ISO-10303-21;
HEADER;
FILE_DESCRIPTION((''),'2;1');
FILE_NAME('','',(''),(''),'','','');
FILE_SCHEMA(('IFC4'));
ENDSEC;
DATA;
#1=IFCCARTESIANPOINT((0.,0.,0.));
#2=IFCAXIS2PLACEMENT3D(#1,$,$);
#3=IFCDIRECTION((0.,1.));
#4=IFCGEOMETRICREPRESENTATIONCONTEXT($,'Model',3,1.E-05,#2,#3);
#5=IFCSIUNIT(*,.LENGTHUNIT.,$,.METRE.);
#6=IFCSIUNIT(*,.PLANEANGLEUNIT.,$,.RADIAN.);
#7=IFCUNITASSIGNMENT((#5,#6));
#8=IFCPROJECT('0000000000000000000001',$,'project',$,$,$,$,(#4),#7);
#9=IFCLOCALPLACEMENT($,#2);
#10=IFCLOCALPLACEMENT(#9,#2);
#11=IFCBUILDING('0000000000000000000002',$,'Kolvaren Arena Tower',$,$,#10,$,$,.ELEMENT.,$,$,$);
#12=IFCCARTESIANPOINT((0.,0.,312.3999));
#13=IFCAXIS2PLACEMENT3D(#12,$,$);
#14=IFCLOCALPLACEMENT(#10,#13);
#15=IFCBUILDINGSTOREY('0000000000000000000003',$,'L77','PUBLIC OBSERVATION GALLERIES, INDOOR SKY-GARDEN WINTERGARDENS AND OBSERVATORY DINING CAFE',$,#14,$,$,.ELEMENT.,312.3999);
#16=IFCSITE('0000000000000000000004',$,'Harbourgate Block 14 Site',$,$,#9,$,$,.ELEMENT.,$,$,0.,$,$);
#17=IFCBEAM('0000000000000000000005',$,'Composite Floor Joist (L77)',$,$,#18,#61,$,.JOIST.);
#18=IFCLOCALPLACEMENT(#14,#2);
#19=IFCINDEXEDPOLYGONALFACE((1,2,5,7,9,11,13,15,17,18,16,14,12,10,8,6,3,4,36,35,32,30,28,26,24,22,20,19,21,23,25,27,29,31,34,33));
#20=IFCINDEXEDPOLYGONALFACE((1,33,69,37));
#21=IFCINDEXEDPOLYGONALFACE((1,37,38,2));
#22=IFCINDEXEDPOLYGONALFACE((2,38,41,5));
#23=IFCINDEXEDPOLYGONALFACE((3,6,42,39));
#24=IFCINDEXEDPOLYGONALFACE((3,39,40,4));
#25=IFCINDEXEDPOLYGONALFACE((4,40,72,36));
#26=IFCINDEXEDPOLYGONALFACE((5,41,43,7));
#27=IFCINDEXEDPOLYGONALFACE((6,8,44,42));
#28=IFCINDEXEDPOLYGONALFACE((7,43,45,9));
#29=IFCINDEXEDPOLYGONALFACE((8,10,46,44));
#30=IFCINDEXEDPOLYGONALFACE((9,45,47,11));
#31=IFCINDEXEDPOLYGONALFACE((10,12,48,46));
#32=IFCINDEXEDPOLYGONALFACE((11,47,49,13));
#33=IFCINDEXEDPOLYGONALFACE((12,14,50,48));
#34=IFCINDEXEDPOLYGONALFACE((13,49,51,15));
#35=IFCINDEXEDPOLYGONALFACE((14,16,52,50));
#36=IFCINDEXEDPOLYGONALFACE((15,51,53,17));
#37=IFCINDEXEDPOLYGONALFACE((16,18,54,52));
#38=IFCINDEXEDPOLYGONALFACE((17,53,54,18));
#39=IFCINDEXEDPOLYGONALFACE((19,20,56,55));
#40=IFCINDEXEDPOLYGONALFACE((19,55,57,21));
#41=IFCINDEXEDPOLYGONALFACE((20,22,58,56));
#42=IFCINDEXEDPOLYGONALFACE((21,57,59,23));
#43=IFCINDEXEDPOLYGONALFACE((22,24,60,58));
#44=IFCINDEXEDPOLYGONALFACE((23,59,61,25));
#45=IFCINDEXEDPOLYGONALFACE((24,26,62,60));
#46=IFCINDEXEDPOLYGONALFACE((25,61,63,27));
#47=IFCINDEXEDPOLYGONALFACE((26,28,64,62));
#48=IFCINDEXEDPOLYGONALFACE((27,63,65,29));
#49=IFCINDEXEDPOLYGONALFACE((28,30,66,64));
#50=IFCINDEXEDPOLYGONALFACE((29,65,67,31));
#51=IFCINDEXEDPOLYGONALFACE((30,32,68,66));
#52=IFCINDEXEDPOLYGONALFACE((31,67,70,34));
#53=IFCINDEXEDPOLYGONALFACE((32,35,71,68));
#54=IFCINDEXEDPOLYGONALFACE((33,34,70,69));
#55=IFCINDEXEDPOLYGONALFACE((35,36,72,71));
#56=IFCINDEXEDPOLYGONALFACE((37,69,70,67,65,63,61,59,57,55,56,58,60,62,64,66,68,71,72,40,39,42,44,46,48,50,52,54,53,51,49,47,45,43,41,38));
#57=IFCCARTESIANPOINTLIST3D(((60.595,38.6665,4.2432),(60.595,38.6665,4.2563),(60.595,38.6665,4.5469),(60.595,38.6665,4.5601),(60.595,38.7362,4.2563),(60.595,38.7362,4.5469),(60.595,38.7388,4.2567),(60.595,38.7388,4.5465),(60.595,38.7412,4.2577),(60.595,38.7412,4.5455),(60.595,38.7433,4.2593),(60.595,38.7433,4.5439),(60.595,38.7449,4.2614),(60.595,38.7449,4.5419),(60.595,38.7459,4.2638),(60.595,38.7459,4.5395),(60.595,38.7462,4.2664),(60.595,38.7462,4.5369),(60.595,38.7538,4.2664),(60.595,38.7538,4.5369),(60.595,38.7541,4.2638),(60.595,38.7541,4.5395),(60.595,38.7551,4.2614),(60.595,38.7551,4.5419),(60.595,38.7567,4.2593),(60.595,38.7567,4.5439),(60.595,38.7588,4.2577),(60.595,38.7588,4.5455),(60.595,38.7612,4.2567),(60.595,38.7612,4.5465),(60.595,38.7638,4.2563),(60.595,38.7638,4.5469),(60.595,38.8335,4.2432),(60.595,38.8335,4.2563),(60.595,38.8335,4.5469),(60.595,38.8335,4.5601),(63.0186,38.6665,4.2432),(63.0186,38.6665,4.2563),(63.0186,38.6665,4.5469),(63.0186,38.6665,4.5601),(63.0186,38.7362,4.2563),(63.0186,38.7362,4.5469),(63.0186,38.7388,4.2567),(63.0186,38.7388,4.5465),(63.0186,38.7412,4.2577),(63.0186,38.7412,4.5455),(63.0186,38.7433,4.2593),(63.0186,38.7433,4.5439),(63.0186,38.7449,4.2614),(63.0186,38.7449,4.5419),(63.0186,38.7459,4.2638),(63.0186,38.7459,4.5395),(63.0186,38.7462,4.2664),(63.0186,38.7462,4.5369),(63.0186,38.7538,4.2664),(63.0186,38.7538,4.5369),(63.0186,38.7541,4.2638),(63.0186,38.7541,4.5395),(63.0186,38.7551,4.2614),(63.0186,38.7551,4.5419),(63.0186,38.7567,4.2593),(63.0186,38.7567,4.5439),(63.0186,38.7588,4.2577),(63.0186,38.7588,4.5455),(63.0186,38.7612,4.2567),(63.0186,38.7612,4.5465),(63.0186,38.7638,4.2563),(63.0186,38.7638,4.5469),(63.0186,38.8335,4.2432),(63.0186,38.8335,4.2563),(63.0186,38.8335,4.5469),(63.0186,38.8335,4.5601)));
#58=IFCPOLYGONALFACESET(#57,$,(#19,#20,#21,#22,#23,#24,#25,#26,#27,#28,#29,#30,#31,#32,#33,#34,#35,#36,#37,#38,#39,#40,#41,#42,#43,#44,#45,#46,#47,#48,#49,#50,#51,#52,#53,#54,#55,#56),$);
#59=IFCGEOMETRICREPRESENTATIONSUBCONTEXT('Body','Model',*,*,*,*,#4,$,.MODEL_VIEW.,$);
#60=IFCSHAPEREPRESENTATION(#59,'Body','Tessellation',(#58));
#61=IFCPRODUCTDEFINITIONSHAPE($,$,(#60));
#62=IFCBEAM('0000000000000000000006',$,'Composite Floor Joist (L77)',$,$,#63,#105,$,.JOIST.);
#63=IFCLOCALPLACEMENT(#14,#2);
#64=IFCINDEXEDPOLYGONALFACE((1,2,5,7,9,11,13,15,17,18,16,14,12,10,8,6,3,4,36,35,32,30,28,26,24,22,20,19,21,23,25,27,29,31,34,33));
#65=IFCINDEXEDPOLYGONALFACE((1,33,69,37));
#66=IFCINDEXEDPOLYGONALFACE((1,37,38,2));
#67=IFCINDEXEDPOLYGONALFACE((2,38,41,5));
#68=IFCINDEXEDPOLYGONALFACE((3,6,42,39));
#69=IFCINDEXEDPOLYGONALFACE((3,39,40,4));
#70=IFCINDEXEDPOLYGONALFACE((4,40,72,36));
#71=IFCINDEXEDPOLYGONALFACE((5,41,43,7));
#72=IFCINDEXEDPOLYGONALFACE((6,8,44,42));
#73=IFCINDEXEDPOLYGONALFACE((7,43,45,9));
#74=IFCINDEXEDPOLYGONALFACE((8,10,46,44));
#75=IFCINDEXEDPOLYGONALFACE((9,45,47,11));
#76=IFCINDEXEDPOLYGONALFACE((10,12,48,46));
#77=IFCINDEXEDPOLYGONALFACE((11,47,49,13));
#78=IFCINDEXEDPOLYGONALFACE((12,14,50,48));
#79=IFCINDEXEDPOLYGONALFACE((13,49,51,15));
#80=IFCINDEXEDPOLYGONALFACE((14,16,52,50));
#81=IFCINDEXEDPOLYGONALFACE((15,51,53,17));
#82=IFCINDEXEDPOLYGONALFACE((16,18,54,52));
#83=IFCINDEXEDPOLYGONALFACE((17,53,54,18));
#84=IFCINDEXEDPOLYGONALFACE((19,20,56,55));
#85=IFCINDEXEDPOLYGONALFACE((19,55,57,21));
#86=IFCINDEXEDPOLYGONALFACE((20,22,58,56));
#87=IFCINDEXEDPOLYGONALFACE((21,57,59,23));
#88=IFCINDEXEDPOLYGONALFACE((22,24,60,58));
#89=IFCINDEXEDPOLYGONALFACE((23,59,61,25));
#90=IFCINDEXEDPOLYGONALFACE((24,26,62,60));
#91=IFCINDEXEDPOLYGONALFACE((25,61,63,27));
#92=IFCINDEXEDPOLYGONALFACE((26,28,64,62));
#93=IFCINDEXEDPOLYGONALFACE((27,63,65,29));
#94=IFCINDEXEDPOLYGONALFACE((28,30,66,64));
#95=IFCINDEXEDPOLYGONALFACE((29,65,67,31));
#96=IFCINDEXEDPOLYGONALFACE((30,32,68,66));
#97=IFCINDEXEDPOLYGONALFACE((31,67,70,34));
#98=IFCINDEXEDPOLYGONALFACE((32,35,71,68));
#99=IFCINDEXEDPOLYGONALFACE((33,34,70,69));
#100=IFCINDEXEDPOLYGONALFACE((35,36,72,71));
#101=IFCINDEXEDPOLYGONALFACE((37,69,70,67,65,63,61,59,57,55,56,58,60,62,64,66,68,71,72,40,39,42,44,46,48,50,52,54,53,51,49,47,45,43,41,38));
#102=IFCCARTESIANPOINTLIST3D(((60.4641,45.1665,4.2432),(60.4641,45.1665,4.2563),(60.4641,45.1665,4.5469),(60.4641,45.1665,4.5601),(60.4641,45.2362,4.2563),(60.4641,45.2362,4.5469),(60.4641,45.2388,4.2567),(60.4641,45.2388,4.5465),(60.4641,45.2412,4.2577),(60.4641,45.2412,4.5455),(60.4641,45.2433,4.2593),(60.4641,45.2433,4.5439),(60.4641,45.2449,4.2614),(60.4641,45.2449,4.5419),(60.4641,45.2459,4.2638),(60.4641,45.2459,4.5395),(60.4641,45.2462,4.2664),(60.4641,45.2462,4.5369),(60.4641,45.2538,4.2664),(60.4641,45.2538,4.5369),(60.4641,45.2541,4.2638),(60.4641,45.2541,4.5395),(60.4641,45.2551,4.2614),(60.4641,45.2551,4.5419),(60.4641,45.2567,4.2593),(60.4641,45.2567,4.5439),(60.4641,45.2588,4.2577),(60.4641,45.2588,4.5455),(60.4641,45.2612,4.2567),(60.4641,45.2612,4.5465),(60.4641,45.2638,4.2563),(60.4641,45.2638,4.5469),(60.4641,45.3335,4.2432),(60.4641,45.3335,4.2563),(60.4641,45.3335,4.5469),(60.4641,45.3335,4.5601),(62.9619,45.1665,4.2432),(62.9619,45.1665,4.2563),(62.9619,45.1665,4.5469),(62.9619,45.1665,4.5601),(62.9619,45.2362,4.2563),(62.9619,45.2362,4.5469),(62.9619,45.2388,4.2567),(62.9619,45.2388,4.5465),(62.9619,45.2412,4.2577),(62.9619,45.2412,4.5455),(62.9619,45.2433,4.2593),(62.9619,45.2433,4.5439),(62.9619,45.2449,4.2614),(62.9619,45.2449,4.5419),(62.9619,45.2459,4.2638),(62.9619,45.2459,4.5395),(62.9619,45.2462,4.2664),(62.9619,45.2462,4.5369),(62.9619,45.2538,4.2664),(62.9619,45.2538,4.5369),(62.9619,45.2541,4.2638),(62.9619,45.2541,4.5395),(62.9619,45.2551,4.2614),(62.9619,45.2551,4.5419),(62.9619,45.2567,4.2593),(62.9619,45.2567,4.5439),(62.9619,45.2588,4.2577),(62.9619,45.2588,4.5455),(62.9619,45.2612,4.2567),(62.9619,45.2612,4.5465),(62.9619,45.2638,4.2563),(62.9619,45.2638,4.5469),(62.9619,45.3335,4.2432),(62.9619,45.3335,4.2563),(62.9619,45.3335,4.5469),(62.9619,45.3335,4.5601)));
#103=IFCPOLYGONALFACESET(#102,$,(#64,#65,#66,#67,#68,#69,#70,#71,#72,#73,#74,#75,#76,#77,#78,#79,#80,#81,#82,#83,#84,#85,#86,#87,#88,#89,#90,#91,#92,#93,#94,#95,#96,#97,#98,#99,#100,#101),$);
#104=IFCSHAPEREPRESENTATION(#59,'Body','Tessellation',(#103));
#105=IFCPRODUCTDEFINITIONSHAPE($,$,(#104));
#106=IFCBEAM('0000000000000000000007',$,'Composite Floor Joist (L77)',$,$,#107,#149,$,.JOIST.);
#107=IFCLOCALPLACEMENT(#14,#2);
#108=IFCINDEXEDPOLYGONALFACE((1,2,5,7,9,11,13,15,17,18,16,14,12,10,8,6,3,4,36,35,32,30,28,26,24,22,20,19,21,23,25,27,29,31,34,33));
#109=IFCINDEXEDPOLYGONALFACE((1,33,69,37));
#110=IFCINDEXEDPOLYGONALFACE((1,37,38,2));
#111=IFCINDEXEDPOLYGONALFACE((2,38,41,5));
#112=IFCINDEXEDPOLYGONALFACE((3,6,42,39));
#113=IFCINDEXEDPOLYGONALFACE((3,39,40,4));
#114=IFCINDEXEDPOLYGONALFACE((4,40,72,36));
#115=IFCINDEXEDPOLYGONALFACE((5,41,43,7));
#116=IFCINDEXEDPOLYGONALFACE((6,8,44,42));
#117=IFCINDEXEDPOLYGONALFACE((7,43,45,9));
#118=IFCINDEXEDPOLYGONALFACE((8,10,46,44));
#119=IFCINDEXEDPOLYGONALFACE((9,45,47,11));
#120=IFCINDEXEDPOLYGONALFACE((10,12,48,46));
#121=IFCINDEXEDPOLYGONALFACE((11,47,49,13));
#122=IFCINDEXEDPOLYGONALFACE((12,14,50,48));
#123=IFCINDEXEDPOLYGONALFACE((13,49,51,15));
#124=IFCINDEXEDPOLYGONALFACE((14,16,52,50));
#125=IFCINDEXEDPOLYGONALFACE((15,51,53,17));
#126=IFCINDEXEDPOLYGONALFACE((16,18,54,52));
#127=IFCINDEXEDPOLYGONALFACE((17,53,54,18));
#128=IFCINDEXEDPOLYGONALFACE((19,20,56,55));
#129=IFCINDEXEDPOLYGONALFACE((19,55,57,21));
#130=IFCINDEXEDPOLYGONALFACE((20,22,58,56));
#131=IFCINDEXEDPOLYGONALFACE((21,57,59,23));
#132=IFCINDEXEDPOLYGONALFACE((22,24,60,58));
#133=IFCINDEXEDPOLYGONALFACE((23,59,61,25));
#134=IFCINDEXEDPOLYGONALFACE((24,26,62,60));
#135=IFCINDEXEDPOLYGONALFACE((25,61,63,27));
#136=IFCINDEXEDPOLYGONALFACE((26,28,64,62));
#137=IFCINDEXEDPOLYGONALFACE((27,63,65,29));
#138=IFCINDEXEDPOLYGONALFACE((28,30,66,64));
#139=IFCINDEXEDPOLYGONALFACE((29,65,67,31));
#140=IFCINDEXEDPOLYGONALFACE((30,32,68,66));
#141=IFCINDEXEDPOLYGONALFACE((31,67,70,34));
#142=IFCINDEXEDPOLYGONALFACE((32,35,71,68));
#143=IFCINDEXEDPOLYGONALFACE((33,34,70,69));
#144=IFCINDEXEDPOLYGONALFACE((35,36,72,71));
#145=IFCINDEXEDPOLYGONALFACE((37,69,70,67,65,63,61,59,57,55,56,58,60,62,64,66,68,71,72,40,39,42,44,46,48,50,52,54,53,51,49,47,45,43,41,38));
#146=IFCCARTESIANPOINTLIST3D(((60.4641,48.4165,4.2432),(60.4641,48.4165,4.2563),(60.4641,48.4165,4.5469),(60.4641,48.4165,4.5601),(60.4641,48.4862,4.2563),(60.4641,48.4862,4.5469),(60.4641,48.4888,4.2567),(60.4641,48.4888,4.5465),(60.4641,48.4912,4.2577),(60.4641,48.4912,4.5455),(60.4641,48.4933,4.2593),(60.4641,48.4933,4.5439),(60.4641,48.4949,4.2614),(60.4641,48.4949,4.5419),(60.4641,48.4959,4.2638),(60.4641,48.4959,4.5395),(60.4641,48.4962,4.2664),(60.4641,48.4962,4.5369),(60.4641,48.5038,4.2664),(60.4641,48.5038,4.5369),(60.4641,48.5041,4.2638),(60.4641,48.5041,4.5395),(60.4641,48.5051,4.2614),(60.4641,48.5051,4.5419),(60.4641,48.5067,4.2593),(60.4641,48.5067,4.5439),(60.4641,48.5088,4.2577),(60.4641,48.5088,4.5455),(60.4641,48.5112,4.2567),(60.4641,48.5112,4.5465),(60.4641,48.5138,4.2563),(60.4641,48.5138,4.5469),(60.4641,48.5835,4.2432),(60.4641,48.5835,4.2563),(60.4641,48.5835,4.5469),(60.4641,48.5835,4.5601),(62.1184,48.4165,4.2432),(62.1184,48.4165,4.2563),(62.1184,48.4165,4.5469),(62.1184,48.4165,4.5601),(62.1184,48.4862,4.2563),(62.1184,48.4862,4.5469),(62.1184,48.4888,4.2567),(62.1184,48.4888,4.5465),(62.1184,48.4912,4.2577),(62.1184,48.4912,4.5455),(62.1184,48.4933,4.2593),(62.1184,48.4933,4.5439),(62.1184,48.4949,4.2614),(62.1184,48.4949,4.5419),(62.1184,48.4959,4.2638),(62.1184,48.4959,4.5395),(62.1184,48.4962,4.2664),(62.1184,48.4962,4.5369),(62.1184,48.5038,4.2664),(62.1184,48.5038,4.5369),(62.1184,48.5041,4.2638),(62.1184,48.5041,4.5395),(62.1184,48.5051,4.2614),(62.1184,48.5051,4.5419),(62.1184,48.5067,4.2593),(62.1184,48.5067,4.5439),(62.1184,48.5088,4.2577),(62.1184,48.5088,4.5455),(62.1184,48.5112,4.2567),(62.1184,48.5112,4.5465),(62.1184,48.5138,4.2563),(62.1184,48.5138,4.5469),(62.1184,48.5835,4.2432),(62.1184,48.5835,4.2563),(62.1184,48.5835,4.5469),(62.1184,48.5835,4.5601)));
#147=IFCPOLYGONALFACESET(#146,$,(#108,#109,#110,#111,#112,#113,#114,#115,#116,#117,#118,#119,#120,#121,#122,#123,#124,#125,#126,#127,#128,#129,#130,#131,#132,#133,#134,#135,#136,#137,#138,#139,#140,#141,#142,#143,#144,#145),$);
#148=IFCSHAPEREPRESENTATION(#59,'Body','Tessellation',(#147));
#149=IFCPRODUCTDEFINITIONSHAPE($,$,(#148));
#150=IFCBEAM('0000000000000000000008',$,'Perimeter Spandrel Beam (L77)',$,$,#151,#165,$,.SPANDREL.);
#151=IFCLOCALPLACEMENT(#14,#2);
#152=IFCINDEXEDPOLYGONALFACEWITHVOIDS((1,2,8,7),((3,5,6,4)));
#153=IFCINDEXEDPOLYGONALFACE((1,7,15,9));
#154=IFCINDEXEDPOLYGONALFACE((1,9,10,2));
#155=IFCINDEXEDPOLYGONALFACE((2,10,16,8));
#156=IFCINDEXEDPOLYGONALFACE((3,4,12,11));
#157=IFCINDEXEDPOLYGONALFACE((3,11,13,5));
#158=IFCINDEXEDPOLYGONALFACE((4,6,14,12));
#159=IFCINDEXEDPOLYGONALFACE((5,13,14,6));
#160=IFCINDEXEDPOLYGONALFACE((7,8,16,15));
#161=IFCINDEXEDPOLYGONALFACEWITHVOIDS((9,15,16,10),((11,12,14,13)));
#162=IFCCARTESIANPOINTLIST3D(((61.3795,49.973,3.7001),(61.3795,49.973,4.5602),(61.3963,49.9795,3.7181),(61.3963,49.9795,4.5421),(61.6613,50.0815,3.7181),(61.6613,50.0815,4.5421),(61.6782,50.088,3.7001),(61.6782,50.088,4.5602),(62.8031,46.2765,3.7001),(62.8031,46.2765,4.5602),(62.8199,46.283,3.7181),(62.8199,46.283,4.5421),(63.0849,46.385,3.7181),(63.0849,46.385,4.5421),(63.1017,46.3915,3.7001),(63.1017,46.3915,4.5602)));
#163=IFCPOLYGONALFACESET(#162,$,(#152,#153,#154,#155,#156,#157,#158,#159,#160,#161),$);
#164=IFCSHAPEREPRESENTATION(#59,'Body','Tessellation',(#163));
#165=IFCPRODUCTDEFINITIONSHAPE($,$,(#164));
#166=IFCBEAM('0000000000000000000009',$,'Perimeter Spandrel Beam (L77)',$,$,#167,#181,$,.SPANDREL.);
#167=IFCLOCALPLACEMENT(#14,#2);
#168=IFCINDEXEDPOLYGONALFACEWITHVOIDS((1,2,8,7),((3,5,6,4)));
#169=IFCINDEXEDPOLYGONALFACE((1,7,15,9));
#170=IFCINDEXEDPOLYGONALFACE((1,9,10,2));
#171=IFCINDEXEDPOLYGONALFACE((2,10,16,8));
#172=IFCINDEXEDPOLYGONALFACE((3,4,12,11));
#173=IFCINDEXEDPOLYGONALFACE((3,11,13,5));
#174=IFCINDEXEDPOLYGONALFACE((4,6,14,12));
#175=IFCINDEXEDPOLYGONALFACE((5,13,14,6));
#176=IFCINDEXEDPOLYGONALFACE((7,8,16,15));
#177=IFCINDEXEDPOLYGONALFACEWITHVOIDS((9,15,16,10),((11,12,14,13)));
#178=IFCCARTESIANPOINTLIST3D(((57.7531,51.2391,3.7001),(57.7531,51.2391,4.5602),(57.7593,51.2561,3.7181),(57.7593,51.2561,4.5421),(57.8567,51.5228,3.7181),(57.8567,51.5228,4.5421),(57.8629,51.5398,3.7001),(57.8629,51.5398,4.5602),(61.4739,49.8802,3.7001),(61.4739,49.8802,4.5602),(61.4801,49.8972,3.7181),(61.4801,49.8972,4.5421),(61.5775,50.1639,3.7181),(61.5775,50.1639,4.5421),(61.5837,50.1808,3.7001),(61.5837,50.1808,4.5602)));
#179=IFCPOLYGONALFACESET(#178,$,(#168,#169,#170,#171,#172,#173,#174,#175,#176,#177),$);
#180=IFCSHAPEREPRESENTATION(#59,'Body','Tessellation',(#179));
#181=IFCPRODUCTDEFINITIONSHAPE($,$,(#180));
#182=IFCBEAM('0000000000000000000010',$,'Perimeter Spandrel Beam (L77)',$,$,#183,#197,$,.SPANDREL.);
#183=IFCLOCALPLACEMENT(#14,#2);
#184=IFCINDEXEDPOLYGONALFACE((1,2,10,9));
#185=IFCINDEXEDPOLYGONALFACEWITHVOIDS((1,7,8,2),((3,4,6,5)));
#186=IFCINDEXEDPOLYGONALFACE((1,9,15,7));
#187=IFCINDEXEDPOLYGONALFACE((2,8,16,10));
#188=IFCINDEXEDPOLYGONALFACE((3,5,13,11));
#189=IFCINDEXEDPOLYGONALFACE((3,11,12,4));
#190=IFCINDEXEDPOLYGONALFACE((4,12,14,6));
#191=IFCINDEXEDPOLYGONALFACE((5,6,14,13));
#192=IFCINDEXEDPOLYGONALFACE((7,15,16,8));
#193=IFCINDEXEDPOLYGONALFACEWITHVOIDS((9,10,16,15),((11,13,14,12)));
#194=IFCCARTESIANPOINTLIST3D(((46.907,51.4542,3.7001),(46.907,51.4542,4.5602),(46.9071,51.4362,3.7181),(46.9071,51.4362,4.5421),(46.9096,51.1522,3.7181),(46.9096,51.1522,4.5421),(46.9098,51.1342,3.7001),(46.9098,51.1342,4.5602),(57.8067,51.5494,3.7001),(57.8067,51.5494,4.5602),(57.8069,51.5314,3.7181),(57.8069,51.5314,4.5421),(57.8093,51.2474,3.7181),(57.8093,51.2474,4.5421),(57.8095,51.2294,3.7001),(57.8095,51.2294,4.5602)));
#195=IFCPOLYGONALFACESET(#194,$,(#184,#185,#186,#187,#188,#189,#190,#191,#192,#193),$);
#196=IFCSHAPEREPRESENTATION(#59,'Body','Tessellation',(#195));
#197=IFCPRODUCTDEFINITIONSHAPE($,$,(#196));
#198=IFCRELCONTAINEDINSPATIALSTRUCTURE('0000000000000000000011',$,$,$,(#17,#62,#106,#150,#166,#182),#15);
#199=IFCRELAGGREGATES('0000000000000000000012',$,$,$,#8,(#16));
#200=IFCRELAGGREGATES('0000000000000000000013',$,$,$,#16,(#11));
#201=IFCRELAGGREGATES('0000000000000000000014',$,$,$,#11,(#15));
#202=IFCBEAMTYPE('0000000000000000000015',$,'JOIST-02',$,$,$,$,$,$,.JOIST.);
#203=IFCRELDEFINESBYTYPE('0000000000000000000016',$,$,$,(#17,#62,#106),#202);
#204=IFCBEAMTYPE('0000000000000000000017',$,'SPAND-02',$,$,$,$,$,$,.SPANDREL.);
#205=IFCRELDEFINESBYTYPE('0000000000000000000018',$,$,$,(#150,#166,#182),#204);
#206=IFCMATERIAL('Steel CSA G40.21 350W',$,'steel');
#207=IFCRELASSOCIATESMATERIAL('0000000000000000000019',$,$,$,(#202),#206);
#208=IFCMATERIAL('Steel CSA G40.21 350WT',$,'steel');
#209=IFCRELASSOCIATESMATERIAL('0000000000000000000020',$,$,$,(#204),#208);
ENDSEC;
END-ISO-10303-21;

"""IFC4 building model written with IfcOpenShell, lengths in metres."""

from ifc_helpers import new_model, si_unit, direction, frame, origin, origin_2d, place, context, subcontext, project, spatial, hollow_rectangle, i_section, extrude, material, material_profile, profile_set, type_object, element, save


model = new_model("IFC4")

# Units and contexts
model_context = context("Model", 3, precision=1e-05, world=origin(), true_north=direction((0.0, 1.0)))
body_context = subcontext(model_context, "Body", "Model", "MODEL_VIEW")
ifc_project = project(units=[si_unit("LENGTHUNIT", "METRE"), si_unit("PLANEANGLEUNIT", "RADIAN")], contexts=[model_context])

# Site, building, storey
site_placement = place(None, origin())
site = spatial("IfcSite", under=ifc_project, at=site_placement, Name="Harbourgate Block 14 Site", CompositionType="ELEMENT", RefElevation=0.0)
building_placement = place(site_placement, origin())
building = spatial("IfcBuilding", under=site, at=building_placement, Name="Kolvaren Arena Tower", CompositionType="ELEMENT")
storey_placement = place(building_placement, frame((0.0, 0.0, 312.3999)))
storey = spatial("IfcBuildingStorey", under=building, at=storey_placement, Name="L77", Description="PUBLIC OBSERVATION GALLERIES, INDOOR SKY-GARDEN WINTERGARDENS AND OBSERVATORY DINING CAFE", CompositionType="ELEMENT", Elevation=312.3999)

# Beams
ifc_material_1 = material(Name="Steel CSA G40.21 350W", Category="steel")
ifc_material_profile_1 = material_profile(ifc_material_1, i_section(OverallWidth=0.167, OverallDepth=0.3169, WebThickness=0.0076, FlangeThickness=0.0132, FilletRadius=0.01, at=origin_2d()), Name="W310x52")
ifc_profile_set_1 = profile_set([ifc_material_profile_1], Name="Steel CSA G40.21 350W")
beam_type_1 = type_object("IfcBeamType", Name="JOIST-02", PredefinedType="JOIST", material=ifc_profile_set_1)
beam_1_placement = place(storey_placement, frame((60.595, 38.75, 4.4016), z_axis=(1.0, 0.0, 0.0), x_axis=(0.0, 1.0, 0.0)))
element("IfcBeam", 1, at=beam_1_placement, inside=storey, type_object=beam_type_1, Name="Composite Floor Joist (L77)", PredefinedType="JOIST", context=body_context, shape_type="SweptSolid", body=[
    extrude(i_section(OverallWidth=0.167, OverallDepth=0.3169, WebThickness=0.0076, FlangeThickness=0.0132, FilletRadius=0.01, at=origin_2d()), origin(), (0.0, 0.0, 1.0), 2.4236),
])
beam_2_placement = place(storey_placement, frame((60.4641, 45.25, 4.4016), z_axis=(1.0, 0.0, 0.0), x_axis=(0.0, 1.0, 0.0)))
element("IfcBeam", 2, at=beam_2_placement, inside=storey, type_object=beam_type_1, Name="Composite Floor Joist (L77)", PredefinedType="JOIST", context=body_context, shape_type="SweptSolid", body=[
    extrude(i_section(OverallWidth=0.167, OverallDepth=0.3169, WebThickness=0.0076, FlangeThickness=0.0132, FilletRadius=0.01, at=origin_2d()), origin(), (0.0, 0.0, 1.0), 2.4978),
])
beam_3_placement = place(storey_placement, frame((60.4641, 48.5, 4.4016), z_axis=(1.0, 0.0, 0.0), x_axis=(0.0, 1.0, 0.0)))
element("IfcBeam", 3, at=beam_3_placement, inside=storey, type_object=beam_type_1, Name="Composite Floor Joist (L77)", PredefinedType="JOIST", context=body_context, shape_type="SweptSolid", body=[
    extrude(i_section(OverallWidth=0.167, OverallDepth=0.3169, WebThickness=0.0076, FlangeThickness=0.0132, FilletRadius=0.01, at=origin_2d()), origin(), (0.0, 0.0, 1.0), 1.6543),
])
ifc_material_2 = material(Name="Steel CSA G40.21 350WT", Category="steel")
ifc_material_profile_2 = material_profile(ifc_material_2, hollow_rectangle(XDim=0.3201, YDim=0.8601, WallThickness=0.0181, at=origin_2d()), Name="HSS 860x320x18")
ifc_profile_set_2 = profile_set([ifc_material_profile_2], Name="Steel CSA G40.21 350WT")
beam_type_2 = type_object("IfcBeamType", Name="SPAND-02", PredefinedType="SPANDREL", material=ifc_profile_set_2)
for number, where, z_axis, x_axis, name in (
    (4, (62.9524, 46.334, 4.1301), (-0.359384, 0.93319, 0.0), (-0.93319, -0.359384, 0.0), "Perimeter Spandrel Beam (L77)"),
    (5, (61.5288, 50.0305, 4.1301), (-0.939314, 0.343059, 0.0), (-0.343059, -0.939314, 0.0), "Perimeter Spandrel Beam (L77)"),
):
    element("IfcBeam", number, at=place(storey_placement, frame(where, z_axis=z_axis, x_axis=x_axis)), inside=storey, type_object=beam_type_2, Name=name, PredefinedType="SPANDREL", context=body_context, shape_type="SweptSolid", body=[
        extrude(hollow_rectangle(XDim=0.3201, YDim=0.8601, WallThickness=0.0181, at=origin_2d()), origin(), (0.0, 0.0, 1.0), 3.9612),
    ])
beam_4_placement = place(storey_placement, frame((57.8081, 51.3894, 4.1301), z_axis=(-0.999962, -0.008735, 0.0), x_axis=(0.008735, -0.999962, 0.0)))
element("IfcBeam", 6, at=beam_4_placement, inside=storey, type_object=beam_type_2, Name="Perimeter Spandrel Beam (L77)", PredefinedType="SPANDREL", context=body_context, shape_type="SweptSolid", body=[
    extrude(hollow_rectangle(XDim=0.3201, YDim=0.8601, WallThickness=0.0181, at=origin_2d()), origin(), (0.0, 0.0, 1.0), 10.9001),
])

save(model, "model.ifc")
